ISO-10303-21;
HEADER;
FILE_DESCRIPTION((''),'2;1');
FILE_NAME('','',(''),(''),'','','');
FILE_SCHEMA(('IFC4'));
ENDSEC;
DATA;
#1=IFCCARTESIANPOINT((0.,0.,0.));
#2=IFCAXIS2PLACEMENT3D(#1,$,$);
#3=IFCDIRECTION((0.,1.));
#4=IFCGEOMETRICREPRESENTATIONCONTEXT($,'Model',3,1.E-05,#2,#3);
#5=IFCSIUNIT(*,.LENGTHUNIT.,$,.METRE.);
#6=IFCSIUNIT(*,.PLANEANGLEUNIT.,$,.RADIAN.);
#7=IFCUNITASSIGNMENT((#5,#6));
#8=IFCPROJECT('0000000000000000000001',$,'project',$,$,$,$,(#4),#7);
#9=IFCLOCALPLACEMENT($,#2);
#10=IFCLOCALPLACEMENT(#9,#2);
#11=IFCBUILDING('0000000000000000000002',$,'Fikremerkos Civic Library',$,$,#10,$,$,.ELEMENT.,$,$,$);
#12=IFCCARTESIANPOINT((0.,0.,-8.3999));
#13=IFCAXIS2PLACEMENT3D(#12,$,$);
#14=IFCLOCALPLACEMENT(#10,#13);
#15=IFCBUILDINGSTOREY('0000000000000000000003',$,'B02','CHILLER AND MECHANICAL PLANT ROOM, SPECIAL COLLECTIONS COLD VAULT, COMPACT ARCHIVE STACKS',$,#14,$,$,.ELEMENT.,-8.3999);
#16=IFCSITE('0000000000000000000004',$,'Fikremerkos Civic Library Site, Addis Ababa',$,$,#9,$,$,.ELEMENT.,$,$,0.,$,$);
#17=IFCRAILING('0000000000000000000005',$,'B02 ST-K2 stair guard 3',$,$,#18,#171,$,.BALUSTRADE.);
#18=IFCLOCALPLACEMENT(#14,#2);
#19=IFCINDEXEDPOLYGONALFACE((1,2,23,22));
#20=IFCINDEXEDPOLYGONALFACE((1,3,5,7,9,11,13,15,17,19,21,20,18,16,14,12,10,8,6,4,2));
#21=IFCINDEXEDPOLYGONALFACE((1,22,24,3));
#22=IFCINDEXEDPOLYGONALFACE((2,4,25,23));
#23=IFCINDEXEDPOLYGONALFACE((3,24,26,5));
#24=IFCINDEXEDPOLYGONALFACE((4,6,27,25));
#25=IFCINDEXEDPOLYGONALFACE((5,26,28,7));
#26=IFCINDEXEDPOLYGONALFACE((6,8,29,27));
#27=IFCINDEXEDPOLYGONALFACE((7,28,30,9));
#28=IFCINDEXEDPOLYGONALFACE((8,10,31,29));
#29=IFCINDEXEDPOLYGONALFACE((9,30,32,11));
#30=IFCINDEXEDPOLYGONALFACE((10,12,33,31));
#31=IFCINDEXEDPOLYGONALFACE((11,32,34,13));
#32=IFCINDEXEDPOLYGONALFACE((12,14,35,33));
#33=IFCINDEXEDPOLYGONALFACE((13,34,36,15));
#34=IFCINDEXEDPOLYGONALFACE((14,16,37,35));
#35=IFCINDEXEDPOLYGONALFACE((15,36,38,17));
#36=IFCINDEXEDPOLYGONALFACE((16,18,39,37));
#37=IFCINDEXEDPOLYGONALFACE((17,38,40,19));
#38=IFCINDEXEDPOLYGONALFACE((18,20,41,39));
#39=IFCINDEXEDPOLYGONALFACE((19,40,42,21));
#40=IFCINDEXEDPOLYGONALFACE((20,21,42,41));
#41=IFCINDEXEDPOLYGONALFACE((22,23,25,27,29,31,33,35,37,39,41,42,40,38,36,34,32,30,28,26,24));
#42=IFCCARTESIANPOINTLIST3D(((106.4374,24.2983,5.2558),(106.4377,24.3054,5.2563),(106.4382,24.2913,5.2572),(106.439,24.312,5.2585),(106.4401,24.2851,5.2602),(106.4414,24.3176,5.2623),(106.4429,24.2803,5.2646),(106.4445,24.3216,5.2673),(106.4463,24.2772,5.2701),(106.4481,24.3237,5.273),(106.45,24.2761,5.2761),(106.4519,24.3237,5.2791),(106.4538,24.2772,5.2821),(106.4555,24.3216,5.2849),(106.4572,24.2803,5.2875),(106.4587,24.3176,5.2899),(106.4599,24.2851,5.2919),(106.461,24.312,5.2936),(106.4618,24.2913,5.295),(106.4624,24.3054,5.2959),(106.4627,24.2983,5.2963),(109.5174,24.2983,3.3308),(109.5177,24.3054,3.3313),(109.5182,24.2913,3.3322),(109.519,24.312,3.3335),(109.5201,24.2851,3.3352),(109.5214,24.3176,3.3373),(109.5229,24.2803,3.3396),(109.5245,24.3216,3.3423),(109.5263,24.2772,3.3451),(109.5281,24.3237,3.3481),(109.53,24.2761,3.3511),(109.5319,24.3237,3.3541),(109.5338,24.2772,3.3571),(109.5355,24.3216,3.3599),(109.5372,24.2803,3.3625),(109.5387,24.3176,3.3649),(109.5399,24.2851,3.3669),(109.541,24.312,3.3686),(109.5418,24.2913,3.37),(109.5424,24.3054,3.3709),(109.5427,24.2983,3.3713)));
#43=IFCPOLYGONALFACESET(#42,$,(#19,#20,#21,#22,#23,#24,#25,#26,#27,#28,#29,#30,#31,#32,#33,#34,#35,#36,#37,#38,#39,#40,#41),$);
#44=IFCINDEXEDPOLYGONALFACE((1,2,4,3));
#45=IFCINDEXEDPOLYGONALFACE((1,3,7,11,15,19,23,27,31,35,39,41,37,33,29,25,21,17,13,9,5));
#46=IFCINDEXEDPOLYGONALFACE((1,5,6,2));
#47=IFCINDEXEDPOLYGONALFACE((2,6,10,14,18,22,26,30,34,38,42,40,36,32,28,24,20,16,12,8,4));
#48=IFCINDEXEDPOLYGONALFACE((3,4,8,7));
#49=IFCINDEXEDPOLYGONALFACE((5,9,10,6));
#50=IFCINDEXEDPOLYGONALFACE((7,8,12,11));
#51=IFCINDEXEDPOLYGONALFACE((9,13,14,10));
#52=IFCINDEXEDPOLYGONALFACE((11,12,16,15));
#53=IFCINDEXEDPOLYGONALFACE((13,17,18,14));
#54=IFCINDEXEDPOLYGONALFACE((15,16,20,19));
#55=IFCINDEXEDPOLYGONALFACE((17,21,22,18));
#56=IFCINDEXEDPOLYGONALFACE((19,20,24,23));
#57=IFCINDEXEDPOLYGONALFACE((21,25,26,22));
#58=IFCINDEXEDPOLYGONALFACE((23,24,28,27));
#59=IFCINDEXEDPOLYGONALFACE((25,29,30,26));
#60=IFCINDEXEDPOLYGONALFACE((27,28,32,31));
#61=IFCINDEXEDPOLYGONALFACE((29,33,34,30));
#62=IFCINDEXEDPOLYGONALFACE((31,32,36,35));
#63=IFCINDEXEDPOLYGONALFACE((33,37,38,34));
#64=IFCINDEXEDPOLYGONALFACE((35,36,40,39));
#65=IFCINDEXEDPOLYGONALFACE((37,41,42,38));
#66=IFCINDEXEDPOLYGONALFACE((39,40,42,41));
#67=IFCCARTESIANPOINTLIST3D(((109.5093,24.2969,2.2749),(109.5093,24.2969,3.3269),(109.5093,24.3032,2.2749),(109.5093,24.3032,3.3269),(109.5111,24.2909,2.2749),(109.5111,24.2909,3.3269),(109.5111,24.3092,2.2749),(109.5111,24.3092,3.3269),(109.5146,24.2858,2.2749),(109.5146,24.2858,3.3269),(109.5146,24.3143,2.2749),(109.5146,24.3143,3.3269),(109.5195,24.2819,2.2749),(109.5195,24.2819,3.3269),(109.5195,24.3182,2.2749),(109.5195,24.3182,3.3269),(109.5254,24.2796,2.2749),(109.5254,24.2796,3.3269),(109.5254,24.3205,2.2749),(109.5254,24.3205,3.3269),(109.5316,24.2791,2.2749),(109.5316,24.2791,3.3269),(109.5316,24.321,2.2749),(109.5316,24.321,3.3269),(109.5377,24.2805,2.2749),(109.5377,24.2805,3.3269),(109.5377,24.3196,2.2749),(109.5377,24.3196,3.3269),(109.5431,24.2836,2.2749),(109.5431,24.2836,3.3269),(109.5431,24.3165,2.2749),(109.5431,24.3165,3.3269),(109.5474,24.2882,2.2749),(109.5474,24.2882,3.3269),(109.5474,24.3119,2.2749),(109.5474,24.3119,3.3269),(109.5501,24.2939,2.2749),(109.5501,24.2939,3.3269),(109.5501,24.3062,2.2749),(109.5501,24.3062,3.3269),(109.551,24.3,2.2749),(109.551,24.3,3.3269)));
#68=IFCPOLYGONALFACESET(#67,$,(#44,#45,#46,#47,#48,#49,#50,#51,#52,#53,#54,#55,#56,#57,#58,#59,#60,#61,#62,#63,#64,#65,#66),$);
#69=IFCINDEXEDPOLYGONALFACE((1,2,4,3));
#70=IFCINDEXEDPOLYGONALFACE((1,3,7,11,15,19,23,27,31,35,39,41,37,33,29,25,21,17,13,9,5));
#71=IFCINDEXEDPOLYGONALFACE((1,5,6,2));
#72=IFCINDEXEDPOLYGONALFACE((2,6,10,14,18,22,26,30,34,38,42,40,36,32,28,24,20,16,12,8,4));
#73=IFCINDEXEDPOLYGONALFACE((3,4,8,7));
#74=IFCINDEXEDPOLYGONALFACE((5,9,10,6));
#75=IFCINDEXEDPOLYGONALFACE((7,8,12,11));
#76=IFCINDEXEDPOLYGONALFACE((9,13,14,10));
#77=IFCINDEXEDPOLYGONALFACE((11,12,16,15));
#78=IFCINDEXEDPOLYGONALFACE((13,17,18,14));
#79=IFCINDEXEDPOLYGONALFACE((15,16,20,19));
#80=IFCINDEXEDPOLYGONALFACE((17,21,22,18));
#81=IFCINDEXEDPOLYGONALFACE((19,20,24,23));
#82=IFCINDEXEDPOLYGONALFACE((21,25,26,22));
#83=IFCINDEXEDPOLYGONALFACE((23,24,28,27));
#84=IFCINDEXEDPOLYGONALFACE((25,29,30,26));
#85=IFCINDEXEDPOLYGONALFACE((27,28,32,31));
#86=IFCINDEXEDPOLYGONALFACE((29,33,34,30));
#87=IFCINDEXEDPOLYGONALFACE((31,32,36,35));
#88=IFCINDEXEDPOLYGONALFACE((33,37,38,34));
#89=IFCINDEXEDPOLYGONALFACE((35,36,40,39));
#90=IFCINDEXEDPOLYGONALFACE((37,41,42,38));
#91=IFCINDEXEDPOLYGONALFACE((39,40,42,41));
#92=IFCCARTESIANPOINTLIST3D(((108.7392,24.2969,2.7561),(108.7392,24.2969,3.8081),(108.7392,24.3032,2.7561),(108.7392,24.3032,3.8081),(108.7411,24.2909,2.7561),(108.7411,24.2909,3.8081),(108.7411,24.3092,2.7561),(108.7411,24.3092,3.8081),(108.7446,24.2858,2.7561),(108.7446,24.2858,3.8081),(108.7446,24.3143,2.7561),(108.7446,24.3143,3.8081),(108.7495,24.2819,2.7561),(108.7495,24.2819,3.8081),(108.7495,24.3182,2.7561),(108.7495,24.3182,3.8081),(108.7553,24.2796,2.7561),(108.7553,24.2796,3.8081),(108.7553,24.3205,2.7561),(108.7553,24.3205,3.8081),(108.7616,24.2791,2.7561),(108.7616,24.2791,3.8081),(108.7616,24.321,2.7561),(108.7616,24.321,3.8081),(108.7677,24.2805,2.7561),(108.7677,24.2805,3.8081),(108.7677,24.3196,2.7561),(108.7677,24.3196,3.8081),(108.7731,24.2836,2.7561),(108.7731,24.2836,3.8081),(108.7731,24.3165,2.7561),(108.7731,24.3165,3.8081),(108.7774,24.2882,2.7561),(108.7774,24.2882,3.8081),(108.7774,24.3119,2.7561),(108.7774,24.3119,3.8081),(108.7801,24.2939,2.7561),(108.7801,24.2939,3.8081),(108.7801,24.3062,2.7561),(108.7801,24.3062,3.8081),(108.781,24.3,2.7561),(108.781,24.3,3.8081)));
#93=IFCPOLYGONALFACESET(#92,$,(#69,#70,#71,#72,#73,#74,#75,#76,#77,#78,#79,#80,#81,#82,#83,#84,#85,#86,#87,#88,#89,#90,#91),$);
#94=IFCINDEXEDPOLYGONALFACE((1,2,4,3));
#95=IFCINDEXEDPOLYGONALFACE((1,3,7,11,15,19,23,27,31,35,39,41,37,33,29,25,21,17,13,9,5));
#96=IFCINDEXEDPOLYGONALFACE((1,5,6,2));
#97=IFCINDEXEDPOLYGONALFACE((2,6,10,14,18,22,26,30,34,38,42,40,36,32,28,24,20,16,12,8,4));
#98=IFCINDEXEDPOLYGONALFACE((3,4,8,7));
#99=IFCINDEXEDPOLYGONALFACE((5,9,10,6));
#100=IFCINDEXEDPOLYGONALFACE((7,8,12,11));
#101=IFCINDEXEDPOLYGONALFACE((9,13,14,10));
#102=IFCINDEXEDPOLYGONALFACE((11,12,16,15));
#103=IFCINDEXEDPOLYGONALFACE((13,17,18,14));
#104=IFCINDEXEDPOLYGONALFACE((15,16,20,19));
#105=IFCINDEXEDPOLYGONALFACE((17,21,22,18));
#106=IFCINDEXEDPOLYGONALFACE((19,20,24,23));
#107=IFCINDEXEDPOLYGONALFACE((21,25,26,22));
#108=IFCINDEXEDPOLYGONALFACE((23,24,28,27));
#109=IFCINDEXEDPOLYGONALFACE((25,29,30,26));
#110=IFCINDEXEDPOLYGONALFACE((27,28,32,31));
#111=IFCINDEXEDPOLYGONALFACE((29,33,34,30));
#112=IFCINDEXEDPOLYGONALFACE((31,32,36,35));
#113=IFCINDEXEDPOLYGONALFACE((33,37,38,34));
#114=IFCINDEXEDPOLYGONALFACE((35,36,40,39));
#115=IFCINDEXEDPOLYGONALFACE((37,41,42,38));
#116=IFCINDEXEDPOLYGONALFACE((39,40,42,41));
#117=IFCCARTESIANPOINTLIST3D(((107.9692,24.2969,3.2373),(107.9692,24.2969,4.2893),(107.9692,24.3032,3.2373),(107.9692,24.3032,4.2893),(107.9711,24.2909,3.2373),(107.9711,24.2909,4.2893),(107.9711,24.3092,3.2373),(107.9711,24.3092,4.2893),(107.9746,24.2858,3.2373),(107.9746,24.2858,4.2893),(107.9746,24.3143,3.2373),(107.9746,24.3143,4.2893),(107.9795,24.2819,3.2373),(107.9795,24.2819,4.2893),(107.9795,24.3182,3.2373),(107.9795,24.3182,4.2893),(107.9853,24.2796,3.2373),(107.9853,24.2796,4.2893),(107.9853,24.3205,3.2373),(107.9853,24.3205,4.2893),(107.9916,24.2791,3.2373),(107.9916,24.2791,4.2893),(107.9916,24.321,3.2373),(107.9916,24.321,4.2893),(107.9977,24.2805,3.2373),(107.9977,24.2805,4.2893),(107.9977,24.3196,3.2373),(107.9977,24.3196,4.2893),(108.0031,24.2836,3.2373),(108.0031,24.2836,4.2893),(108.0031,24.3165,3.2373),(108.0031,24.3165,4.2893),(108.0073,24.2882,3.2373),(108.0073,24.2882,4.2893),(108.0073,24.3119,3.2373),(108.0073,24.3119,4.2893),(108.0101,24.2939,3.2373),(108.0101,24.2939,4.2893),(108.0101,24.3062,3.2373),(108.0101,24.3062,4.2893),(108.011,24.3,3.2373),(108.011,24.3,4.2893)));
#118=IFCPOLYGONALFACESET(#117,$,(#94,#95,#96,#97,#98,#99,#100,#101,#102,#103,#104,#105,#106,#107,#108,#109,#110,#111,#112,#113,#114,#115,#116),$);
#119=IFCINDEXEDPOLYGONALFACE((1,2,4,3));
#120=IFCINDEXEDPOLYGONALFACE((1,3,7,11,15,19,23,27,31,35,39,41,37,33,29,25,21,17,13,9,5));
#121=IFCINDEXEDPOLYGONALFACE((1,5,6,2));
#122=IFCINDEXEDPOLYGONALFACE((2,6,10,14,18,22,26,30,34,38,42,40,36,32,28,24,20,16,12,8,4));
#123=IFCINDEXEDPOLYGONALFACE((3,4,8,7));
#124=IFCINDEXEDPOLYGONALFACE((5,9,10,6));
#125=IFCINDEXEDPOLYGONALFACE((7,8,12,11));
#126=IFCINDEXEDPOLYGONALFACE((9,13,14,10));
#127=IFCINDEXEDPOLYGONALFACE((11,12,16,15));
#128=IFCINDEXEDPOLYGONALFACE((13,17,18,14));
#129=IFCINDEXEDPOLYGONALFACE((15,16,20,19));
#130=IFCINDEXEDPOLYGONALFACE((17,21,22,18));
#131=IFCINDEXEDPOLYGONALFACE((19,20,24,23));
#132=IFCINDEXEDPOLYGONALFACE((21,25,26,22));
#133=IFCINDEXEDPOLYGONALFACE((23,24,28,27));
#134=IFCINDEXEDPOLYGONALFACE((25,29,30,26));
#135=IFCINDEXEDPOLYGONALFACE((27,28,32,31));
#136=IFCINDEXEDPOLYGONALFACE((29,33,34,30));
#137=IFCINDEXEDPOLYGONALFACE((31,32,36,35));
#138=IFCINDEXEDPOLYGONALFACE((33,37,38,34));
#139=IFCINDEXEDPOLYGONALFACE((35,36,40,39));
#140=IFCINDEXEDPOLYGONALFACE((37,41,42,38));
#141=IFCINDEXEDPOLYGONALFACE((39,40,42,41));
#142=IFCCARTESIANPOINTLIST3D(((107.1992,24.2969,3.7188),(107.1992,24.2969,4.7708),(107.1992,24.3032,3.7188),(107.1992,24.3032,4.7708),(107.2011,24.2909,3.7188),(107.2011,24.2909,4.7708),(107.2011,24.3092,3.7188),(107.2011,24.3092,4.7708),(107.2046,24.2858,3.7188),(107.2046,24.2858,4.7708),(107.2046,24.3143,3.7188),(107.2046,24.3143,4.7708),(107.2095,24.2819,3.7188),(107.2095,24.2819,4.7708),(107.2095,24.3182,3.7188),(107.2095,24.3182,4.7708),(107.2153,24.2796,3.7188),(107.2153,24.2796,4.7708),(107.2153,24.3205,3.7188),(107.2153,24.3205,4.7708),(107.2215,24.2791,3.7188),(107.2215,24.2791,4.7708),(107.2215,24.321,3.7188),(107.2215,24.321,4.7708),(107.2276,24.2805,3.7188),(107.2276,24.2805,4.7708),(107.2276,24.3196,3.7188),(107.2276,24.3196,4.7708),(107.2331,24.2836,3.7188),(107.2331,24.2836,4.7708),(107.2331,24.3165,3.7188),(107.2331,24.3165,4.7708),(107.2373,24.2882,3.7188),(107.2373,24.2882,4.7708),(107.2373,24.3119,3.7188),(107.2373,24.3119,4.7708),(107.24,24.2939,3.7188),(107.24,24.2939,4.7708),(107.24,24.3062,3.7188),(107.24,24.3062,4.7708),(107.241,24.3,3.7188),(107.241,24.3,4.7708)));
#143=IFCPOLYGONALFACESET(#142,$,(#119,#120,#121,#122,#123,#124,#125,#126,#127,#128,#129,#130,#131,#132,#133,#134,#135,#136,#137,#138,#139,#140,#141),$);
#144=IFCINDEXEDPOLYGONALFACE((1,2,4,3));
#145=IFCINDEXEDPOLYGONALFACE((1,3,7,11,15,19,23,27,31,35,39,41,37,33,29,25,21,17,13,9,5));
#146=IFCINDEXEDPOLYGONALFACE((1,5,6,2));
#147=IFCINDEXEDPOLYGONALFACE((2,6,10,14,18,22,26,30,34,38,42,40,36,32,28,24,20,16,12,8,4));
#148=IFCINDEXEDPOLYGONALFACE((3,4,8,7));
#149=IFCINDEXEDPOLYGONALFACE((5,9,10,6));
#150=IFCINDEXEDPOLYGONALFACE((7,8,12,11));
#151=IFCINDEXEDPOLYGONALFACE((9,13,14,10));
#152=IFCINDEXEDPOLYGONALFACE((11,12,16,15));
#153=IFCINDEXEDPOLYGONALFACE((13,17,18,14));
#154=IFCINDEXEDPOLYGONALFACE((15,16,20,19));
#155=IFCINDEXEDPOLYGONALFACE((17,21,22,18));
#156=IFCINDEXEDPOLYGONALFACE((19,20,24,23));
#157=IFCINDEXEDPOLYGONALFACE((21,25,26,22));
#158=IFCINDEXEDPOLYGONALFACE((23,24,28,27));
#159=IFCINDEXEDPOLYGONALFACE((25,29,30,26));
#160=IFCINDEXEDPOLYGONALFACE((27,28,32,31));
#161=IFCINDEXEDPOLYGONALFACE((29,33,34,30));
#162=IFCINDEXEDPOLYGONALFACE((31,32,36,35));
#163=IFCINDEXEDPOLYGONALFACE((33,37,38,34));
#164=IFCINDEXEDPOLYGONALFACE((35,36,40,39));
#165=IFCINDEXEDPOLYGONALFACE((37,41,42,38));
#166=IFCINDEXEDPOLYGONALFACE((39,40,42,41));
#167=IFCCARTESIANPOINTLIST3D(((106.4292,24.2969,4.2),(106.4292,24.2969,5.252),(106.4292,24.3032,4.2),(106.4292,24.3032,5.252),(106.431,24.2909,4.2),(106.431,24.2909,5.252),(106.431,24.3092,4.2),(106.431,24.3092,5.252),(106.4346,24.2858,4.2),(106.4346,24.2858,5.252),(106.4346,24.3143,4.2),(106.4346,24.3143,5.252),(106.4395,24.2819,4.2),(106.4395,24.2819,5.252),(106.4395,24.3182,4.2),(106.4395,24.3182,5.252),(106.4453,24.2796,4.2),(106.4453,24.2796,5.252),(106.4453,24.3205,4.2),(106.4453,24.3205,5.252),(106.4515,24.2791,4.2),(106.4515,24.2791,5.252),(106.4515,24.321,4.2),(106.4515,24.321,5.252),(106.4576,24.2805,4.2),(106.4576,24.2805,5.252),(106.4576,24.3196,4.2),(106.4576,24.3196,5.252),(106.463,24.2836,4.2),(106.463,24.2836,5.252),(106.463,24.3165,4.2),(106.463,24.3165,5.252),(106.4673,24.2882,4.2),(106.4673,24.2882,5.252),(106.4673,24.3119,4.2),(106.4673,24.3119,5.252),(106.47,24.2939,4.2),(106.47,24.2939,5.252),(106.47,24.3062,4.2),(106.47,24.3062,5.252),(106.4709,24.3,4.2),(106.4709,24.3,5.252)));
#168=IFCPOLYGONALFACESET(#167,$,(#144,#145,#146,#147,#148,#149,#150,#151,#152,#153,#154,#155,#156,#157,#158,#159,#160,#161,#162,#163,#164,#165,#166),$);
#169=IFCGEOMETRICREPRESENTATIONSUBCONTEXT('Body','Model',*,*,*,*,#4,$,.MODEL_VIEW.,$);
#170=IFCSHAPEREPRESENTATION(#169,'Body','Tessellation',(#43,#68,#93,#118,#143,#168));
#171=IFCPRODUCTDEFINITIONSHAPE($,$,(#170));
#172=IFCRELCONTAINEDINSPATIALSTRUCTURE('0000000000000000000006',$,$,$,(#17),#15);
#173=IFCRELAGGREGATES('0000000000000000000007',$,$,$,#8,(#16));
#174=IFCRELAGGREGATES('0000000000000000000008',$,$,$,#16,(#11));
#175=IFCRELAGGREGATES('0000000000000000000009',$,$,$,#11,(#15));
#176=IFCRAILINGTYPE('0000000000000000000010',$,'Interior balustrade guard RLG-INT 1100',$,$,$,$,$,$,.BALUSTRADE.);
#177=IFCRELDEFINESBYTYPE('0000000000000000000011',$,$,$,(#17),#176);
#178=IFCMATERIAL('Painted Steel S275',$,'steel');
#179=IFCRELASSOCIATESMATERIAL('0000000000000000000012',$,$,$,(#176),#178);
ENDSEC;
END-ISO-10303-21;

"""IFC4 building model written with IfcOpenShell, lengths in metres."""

from ifc_helpers import new_model, si_unit, direction, frame, origin, origin_2d, place, context, subcontext, project, spatial, circle, extrude, material, type_object, element, save


model = new_model("IFC4")

# Units and contexts
model_context = context("Model", 3, precision=1e-05, world=origin(), true_north=direction((0.0, 1.0)))
body_context = subcontext(model_context, "Body", "Model", "MODEL_VIEW")
ifc_project = project(units=[si_unit("LENGTHUNIT", "METRE"), si_unit("PLANEANGLEUNIT", "RADIAN")], contexts=[model_context])

# Site, building, storey
site_placement = place(None, origin())
site = spatial("IfcSite", under=ifc_project, at=site_placement, Name="Fikremerkos Civic Library Site, Addis Ababa", CompositionType="ELEMENT", RefElevation=0.0)
building_placement = place(site_placement, origin())
building = spatial("IfcBuilding", under=site, at=building_placement, Name="Fikremerkos Civic Library", CompositionType="ELEMENT")
storey_placement = place(building_placement, frame((0.0, 0.0, -8.3999)))
storey = spatial("IfcBuildingStorey", under=building, at=storey_placement, Name="B02", Description="CHILLER AND MECHANICAL PLANT ROOM, SPECIAL COLLECTIONS COLD VAULT, COMPACT ARCHIVE STACKS", CompositionType="ELEMENT", Elevation=-8.3999)

# Railing
ifc_material_1 = material(Name="Painted Steel S275", Category="steel")
railing_type_1 = type_object("IfcRailingType", Name="Interior balustrade guard RLG-INT 1100", PredefinedType="BALUSTRADE", material=ifc_material_1)
railing_1_placement = place(storey_placement, frame((109.53, 24.3, 2.2749)))
element("IfcRailing", 1, at=railing_1_placement, inside=storey, type_object=railing_type_1, Name="B02 ST-K2 stair guard 3", PredefinedType="BALUSTRADE", context=body_context, shape_type="SweptSolid", body=[
    extrude(circle(Radius=0.0239, at=origin_2d()), frame((0.0, 0.0, 1.0762), z_axis=(-0.847998, 0.0, 0.529999), x_axis=(0.0, -1.0, 0.0)), (0.0, 0.0, 1.0), 3.6321),
    extrude(circle(Radius=0.021, at=origin_2d()), origin(), (0.0, 0.0, 1.0), 1.052),
    extrude(circle(Radius=0.021, at=origin_2d()), frame((-0.77, 0.0, 0.4812)), (0.0, 0.0, 1.0), 1.052),
    extrude(circle(Radius=0.021, at=origin_2d()), frame((-1.54, 0.0, 0.9624)), (0.0, 0.0, 1.0), 1.052),
    extrude(circle(Radius=0.021, at=origin_2d()), frame((-2.3101, 0.0, 1.4438)), (0.0, 0.0, 1.0), 1.052),
    extrude(circle(Radius=0.021, at=origin_2d()), frame((-3.0801, 0.0, 1.925)), (0.0, 0.0, 1.0), 1.052),
])

save(model, "model.ifc")
